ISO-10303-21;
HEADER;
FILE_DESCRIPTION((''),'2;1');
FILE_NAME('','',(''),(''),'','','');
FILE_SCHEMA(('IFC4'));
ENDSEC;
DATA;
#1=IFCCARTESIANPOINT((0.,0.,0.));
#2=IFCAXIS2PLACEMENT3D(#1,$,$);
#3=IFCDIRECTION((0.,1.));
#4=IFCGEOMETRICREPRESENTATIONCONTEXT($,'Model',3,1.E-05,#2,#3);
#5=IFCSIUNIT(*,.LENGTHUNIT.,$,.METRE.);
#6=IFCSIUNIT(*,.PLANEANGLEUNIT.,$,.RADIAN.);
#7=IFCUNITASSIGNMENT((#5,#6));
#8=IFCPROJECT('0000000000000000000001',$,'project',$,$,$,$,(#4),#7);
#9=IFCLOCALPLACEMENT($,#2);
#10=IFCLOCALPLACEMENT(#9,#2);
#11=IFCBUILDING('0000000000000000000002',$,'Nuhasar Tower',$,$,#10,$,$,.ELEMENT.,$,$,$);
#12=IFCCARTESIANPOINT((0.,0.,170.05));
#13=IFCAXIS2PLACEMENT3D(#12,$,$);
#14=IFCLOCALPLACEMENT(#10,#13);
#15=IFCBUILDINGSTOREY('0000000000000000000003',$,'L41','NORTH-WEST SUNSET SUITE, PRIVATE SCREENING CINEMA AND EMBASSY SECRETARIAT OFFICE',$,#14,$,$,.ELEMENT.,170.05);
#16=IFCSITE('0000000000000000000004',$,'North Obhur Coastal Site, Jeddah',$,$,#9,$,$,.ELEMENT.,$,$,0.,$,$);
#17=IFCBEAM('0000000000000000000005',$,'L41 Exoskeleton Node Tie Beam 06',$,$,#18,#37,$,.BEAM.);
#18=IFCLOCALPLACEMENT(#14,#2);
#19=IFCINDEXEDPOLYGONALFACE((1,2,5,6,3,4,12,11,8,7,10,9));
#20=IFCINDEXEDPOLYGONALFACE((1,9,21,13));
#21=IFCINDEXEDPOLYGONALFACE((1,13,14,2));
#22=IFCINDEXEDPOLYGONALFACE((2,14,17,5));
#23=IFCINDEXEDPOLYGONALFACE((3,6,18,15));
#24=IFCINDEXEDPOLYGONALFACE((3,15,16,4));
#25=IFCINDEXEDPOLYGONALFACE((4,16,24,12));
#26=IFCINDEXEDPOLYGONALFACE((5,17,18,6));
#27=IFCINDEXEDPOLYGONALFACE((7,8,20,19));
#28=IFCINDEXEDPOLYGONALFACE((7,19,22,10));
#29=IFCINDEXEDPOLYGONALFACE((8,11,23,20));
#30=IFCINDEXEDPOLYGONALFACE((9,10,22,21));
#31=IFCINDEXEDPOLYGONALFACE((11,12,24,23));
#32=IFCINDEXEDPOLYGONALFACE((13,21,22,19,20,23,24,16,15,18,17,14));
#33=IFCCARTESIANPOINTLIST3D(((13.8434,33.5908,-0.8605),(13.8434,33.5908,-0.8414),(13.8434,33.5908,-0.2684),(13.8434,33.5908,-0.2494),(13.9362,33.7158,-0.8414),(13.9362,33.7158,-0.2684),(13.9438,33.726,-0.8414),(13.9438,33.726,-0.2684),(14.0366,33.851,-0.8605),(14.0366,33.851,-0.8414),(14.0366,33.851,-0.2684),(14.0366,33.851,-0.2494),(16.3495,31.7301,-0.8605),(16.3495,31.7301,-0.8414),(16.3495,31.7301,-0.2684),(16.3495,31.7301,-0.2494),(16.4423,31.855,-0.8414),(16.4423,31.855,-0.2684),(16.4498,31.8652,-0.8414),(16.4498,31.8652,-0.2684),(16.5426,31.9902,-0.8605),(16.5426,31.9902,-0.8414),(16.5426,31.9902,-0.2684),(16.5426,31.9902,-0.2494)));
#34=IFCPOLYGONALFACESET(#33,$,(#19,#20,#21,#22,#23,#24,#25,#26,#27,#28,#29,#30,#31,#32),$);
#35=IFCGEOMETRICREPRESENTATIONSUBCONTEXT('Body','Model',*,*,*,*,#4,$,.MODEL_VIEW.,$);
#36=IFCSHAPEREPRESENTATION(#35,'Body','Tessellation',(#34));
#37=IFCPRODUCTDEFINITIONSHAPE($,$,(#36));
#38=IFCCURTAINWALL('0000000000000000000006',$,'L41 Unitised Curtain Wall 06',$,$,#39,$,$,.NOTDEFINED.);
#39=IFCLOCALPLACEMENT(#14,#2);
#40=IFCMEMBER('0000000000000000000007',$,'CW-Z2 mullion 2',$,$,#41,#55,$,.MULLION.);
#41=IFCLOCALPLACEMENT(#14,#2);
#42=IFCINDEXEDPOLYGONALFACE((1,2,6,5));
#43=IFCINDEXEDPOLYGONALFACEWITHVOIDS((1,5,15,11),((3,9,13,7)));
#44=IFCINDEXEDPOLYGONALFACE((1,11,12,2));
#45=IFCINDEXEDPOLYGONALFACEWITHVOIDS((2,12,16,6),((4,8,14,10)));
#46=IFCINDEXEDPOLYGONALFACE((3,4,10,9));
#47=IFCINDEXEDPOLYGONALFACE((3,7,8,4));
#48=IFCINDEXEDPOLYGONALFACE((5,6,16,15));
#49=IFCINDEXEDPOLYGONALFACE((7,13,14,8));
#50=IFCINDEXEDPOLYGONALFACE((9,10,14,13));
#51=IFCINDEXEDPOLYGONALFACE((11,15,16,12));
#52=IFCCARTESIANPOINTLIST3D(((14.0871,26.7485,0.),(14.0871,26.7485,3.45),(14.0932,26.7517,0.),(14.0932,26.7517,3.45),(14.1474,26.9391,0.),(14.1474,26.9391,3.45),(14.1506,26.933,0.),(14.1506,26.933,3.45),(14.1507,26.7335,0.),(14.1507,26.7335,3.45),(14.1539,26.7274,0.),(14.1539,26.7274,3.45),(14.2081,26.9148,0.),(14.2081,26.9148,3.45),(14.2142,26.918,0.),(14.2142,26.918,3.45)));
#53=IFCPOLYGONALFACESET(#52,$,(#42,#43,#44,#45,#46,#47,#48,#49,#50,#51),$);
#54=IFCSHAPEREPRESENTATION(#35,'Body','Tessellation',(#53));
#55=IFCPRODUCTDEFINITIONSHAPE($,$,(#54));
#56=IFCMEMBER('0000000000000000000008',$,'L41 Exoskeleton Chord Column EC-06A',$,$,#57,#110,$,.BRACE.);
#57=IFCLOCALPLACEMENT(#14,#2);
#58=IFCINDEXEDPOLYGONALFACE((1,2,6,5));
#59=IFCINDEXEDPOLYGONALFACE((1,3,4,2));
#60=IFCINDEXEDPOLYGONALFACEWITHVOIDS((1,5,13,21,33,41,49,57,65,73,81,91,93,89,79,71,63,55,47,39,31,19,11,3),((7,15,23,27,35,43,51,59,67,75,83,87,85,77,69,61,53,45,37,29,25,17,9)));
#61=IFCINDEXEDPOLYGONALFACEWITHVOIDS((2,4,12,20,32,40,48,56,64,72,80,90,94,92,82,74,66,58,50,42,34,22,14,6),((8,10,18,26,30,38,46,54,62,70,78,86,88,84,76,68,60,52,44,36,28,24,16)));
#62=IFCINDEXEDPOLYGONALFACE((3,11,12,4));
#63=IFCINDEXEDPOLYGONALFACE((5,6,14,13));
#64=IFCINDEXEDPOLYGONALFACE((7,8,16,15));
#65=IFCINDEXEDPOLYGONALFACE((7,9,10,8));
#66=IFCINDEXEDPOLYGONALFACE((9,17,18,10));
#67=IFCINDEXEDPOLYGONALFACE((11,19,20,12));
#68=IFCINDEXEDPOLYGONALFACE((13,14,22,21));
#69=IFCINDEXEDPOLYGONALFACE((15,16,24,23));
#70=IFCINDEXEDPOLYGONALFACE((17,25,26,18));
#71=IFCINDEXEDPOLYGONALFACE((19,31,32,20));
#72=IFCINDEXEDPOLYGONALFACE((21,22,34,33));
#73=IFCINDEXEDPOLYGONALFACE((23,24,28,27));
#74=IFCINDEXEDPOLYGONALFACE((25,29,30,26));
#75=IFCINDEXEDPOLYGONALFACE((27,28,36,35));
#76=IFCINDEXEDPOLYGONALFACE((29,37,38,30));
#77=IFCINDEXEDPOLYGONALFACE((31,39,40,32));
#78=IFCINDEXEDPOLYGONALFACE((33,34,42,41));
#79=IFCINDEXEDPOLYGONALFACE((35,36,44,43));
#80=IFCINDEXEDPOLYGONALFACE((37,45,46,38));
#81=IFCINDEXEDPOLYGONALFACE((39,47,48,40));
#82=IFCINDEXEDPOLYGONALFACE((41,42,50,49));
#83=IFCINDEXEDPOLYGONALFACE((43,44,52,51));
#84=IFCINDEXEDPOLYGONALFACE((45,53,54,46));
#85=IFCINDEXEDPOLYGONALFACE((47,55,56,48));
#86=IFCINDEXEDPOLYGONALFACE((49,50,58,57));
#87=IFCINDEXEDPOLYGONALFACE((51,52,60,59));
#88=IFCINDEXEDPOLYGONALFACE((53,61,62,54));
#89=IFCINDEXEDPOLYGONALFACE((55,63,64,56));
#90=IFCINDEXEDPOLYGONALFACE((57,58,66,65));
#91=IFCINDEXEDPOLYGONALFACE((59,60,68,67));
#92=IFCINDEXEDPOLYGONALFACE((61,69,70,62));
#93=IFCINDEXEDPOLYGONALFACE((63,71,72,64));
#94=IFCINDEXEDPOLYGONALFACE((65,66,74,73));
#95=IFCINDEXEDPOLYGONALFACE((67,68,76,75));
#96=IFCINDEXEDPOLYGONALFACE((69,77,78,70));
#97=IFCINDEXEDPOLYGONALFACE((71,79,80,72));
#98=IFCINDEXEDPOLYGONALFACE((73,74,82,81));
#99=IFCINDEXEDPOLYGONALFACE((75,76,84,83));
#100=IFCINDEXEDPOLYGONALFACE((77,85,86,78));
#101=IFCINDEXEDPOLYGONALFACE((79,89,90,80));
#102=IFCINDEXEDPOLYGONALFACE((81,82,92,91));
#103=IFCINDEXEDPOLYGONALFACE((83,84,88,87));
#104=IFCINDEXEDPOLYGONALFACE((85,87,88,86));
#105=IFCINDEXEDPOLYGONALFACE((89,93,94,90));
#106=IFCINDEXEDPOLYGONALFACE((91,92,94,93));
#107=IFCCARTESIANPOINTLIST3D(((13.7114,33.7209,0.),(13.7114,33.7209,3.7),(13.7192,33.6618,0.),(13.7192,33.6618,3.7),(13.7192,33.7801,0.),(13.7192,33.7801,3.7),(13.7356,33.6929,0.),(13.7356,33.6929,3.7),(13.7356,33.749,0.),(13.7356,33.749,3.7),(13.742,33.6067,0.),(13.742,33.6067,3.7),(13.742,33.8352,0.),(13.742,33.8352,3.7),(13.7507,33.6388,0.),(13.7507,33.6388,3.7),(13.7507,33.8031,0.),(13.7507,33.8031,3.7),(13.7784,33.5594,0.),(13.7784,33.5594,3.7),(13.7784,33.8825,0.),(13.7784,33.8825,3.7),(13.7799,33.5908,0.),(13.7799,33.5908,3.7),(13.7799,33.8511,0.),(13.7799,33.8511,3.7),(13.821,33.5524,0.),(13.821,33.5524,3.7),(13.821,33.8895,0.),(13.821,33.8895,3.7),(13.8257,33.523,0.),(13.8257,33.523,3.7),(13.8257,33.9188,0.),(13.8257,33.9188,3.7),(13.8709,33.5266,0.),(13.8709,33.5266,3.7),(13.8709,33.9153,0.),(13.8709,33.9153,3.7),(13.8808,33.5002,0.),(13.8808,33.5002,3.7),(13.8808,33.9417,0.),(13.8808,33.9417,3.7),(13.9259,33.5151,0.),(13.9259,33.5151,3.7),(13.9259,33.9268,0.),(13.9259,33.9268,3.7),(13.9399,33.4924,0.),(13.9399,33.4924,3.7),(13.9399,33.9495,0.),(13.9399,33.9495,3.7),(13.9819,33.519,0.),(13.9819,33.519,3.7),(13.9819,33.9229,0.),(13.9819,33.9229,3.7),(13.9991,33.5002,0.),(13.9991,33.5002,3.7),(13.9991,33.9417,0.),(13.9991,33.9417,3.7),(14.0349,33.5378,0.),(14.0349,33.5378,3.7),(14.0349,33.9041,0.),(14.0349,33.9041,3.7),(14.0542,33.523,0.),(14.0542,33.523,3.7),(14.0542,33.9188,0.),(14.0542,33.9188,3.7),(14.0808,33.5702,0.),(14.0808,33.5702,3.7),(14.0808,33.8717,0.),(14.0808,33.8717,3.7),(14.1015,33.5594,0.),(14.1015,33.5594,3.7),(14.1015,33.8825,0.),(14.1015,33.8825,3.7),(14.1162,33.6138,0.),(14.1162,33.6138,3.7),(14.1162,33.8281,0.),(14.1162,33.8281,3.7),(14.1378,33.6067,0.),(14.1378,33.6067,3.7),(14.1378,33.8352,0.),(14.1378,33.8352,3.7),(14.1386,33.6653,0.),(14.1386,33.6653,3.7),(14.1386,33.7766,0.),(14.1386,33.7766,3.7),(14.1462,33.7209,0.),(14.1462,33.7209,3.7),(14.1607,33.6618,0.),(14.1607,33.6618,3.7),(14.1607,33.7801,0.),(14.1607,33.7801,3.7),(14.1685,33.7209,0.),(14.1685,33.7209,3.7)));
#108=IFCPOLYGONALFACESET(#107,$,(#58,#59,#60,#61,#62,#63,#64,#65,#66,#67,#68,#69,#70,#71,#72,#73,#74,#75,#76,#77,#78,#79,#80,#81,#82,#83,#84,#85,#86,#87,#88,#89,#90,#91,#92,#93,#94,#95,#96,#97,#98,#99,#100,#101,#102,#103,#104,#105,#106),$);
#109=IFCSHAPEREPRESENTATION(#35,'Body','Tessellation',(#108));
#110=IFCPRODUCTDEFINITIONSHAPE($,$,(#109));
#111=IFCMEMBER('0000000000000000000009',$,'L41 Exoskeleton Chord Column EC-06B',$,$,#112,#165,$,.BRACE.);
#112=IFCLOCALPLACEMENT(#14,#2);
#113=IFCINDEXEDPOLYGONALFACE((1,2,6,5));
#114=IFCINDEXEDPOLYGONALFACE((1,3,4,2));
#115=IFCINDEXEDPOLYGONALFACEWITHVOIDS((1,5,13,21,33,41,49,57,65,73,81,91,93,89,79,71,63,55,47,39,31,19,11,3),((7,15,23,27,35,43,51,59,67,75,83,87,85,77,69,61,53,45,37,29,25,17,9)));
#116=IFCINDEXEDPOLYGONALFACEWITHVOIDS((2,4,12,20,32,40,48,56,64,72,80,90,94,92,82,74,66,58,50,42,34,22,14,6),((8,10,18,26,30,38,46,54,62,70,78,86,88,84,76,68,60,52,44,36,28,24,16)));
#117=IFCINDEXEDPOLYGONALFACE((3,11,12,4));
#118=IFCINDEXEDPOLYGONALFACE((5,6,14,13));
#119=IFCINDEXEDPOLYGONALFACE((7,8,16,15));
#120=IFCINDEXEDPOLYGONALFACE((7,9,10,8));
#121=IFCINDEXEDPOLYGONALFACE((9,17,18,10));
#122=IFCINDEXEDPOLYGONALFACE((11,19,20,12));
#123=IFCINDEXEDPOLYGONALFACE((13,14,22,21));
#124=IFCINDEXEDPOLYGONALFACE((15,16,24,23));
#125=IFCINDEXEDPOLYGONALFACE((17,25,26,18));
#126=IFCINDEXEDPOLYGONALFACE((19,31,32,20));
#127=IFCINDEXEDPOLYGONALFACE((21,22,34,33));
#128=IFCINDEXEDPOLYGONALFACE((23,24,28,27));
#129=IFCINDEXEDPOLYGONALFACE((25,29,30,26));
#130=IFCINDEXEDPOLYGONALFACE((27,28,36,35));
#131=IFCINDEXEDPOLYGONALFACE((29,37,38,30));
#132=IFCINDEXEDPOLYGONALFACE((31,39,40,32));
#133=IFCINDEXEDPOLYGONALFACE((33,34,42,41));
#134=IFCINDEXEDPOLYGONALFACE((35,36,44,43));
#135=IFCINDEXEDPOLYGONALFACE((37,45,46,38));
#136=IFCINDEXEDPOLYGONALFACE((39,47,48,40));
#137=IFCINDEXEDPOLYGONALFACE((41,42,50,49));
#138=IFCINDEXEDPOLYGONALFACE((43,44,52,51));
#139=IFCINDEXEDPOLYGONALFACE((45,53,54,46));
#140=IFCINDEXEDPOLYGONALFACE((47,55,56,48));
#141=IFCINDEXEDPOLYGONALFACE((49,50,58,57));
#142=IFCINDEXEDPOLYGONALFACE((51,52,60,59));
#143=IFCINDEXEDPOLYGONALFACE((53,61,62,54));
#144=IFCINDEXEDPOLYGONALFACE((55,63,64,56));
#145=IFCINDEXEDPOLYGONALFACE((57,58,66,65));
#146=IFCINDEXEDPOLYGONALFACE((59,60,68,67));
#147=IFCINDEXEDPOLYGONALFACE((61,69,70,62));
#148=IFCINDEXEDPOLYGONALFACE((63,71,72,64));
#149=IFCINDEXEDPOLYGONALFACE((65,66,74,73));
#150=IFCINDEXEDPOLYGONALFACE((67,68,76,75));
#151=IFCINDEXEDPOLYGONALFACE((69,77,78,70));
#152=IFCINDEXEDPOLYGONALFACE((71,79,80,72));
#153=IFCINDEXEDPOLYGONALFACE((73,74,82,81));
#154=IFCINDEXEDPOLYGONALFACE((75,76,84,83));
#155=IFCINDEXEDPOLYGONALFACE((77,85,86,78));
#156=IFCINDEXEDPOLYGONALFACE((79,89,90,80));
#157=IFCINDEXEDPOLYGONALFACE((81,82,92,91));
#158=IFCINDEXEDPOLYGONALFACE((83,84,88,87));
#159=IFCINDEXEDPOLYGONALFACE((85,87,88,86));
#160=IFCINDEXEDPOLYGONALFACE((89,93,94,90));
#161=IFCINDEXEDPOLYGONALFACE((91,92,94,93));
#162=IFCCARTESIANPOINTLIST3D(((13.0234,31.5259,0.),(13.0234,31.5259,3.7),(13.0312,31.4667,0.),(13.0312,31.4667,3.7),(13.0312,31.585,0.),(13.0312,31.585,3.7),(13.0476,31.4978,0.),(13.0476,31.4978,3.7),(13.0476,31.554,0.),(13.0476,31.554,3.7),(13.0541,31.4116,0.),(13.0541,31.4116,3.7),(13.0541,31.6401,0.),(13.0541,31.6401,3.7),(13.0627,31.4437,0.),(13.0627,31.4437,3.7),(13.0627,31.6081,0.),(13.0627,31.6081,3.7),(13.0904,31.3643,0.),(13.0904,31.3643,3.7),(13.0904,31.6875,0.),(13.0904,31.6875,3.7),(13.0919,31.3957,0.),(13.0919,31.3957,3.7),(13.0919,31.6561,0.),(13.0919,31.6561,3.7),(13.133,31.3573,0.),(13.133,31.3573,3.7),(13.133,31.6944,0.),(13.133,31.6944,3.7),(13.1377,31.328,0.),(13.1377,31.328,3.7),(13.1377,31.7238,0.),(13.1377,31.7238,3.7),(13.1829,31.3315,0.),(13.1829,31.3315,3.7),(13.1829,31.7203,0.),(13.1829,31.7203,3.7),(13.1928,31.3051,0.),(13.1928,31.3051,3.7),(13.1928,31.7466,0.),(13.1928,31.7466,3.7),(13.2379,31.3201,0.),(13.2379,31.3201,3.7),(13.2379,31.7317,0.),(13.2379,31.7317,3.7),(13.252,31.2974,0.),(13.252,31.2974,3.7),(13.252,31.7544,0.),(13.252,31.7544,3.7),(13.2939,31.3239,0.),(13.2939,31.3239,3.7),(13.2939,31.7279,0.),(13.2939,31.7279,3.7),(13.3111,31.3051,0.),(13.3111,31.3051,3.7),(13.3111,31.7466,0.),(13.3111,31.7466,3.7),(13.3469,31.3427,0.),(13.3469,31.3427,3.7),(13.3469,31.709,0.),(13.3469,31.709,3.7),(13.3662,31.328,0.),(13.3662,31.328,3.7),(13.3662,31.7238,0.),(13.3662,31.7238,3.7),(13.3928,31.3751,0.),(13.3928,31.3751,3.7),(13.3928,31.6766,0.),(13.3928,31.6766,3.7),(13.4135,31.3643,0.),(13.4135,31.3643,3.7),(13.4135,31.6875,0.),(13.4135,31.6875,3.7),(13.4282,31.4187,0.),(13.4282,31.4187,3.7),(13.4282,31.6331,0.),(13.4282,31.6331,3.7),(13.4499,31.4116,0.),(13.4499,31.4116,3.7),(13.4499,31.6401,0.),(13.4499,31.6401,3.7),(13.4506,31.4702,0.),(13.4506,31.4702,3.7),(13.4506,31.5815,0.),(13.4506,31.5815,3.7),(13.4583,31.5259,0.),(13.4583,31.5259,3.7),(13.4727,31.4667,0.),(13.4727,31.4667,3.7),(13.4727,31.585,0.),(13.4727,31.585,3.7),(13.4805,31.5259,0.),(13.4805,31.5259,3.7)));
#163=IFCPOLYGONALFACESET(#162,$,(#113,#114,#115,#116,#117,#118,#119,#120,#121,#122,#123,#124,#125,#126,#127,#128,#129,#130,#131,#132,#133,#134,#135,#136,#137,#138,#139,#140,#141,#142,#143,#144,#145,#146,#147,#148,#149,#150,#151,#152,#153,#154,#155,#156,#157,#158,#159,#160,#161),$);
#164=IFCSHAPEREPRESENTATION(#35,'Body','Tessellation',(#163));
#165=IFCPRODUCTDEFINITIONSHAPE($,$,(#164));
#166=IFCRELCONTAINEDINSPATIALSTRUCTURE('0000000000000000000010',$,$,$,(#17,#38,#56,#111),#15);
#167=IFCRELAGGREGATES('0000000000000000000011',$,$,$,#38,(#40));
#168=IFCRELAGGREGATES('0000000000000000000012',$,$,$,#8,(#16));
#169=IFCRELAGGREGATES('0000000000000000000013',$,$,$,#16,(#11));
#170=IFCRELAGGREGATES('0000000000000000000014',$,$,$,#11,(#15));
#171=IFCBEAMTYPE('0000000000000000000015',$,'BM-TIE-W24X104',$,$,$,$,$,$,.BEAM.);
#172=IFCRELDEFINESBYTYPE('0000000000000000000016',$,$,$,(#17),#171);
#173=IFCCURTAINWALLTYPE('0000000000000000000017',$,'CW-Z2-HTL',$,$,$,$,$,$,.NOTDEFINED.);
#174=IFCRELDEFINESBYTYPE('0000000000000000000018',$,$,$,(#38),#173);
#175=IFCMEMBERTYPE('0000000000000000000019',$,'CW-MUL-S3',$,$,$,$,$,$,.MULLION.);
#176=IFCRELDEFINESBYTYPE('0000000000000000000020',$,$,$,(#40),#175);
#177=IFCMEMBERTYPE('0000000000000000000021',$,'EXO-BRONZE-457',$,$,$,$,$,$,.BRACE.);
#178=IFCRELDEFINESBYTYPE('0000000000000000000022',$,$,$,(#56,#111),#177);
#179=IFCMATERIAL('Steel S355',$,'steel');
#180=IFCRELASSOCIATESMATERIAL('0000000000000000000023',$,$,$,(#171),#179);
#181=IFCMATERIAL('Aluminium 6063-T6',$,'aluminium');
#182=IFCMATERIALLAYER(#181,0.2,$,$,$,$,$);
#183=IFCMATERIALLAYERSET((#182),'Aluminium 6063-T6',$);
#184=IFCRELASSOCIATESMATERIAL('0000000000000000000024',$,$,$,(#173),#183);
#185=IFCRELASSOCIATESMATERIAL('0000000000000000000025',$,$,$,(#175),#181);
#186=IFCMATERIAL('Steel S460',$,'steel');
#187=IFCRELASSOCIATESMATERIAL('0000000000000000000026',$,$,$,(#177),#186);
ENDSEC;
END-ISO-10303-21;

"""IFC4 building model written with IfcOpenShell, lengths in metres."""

from ifc_helpers import new_model, si_unit, direction, frame, origin, origin_2d, place, context, subcontext, project, spatial, hollow_rectangle, hollow_circle, i_section, extrude, material, layer, layer_set, material_profile, profile_set, type_object, element, aggregate, save


model = new_model("IFC4")

# Units and contexts
model_context = context("Model", 3, precision=1e-05, world=origin(), true_north=direction((0.0, 1.0)))
body_context = subcontext(model_context, "Body", "Model", "MODEL_VIEW")
ifc_project = project(units=[si_unit("LENGTHUNIT", "METRE"), si_unit("PLANEANGLEUNIT", "RADIAN")], contexts=[model_context])

# Site, building, storey
site_placement = place(None, origin())
site = spatial("IfcSite", under=ifc_project, at=site_placement, Name="North Obhur Coastal Site, Jeddah", CompositionType="ELEMENT", RefElevation=0.0)
building_placement = place(site_placement, origin())
building = spatial("IfcBuilding", under=site, at=building_placement, Name="Nuhasar Tower", CompositionType="ELEMENT")
storey_placement = place(building_placement, frame((0.0, 0.0, 170.05)))
storey = spatial("IfcBuildingStorey", under=building, at=storey_placement, Name="L41", Description="NORTH-WEST SUNSET SUITE, PRIVATE SCREENING CINEMA AND EMBASSY SECRETARIAT OFFICE", CompositionType="ELEMENT", Elevation=170.05)

# Beam
ifc_material_1 = material(Name="Steel S355", Category="steel")
ifc_material_profile_1 = material_profile(ifc_material_1, i_section(OverallWidth=0.324, OverallDepth=0.6111, WebThickness=0.0127, FlangeThickness=0.019, at=origin_2d()), Name="W24X104")
ifc_profile_set_1 = profile_set([ifc_material_profile_1], Name="Steel S355")
beam_type_1 = type_object("IfcBeamType", Name="BM-TIE-W24X104", PredefinedType="BEAM", material=ifc_profile_set_1)
beam_1_placement = place(storey_placement, frame((16.446, 31.8601, -0.5549), z_axis=(-0.802872, 0.596151, 0.0), x_axis=(-0.596151, -0.802872, 0.0)))
element("IfcBeam", 1, at=beam_1_placement, inside=storey, type_object=beam_type_1, Name="L41 Exoskeleton Node Tie Beam 06", PredefinedType="BEAM", context=body_context, shape_type="SweptSolid", body=[
    extrude(i_section(OverallWidth=0.324, OverallDepth=0.6111, WebThickness=0.0127, FlangeThickness=0.019, at=origin_2d()), origin(), (0.0, 0.0, 1.0), 3.1213),
])

# Curtain wall, member
ifc_material_2 = material(Name="Aluminium 6063-T6", Category="aluminium")
ifc_layer_1 = layer(ifc_material_2, 0.2)
ifc_layer_set_1 = layer_set([ifc_layer_1], Name="Aluminium 6063-T6")
curtain_wall_type = type_object("IfcCurtainWallType", Name="CW-Z2-HTL", PredefinedType="NOTDEFINED", material=ifc_layer_set_1)
curtain_wall_placement = place(storey_placement, origin())
curtain_wall = element("IfcCurtainWall", 2, at=curtain_wall_placement, inside=storey, type_object=curtain_wall_type, Name="L41 Unitised Curtain Wall 06", PredefinedType="NOTDEFINED")
ifc_material_profile_2 = material_profile(ifc_material_2, hollow_rectangle(XDim=0.0701, YDim=0.2, WallThickness=0.0049, at=origin_2d()), Name="CWM-3")
ifc_profile_set_2 = profile_set([ifc_material_profile_2], Name="Aluminium 6063-T6")
member_type_1 = type_object("IfcMemberType", Name="CW-MUL-S3", PredefinedType="MULLION", material=ifc_profile_set_2)
member_1_placement = place(storey_placement, frame((14.1506, 26.8333, 0.0), z_axis=(0.0, 0.0, 1.0), x_axis=(0.953433, -0.301604, 0.0)))
member_1 = element("IfcMember", 3, at=member_1_placement, type_object=member_type_1, Name="CW-Z2 mullion 2", PredefinedType="MULLION", context=body_context, shape_type="SweptSolid", body=[
    extrude(hollow_rectangle(XDim=0.0701, YDim=0.2, WallThickness=0.0049, at=origin_2d()), origin(), (0.0, 0.0, 1.0), 3.45),
])

# Members
ifc_material_3 = material(Name="Steel S460", Category="steel")
ifc_material_profile_3 = material_profile(ifc_material_3, hollow_circle(Radius=0.2285, WallThickness=0.0222, at=origin_2d()), Name="HSS457X22.2")
ifc_profile_set_3 = profile_set([ifc_material_profile_3], Name="Steel S460")
member_type_2 = type_object("IfcMemberType", Name="EXO-BRONZE-457", PredefinedType="BRACE", material=ifc_profile_set_3)
for number, where, z_axis, x_axis, name in (
    (4, (13.9399, 33.7209, 0.0), (0.0, 0.0, 1.0), (1.0, 0.0, 0.0), "L41 Exoskeleton Chord Column EC-06A"),
    (5, (13.252, 31.5259, 0.0), (0.0, 0.0, 1.0), (1.0, 0.0, 0.0), "L41 Exoskeleton Chord Column EC-06B"),
):
    element("IfcMember", number, at=place(storey_placement, frame(where, z_axis=z_axis, x_axis=x_axis)), inside=storey, type_object=member_type_2, Name=name, PredefinedType="BRACE", context=body_context, shape_type="SweptSolid", body=[
        extrude(hollow_circle(Radius=0.2285, WallThickness=0.0222, at=origin_2d()), origin(), (0.0, 0.0, 1.0), 3.7),
    ])

aggregate(curtain_wall, [member_1])

save(model, "model.ifc")
